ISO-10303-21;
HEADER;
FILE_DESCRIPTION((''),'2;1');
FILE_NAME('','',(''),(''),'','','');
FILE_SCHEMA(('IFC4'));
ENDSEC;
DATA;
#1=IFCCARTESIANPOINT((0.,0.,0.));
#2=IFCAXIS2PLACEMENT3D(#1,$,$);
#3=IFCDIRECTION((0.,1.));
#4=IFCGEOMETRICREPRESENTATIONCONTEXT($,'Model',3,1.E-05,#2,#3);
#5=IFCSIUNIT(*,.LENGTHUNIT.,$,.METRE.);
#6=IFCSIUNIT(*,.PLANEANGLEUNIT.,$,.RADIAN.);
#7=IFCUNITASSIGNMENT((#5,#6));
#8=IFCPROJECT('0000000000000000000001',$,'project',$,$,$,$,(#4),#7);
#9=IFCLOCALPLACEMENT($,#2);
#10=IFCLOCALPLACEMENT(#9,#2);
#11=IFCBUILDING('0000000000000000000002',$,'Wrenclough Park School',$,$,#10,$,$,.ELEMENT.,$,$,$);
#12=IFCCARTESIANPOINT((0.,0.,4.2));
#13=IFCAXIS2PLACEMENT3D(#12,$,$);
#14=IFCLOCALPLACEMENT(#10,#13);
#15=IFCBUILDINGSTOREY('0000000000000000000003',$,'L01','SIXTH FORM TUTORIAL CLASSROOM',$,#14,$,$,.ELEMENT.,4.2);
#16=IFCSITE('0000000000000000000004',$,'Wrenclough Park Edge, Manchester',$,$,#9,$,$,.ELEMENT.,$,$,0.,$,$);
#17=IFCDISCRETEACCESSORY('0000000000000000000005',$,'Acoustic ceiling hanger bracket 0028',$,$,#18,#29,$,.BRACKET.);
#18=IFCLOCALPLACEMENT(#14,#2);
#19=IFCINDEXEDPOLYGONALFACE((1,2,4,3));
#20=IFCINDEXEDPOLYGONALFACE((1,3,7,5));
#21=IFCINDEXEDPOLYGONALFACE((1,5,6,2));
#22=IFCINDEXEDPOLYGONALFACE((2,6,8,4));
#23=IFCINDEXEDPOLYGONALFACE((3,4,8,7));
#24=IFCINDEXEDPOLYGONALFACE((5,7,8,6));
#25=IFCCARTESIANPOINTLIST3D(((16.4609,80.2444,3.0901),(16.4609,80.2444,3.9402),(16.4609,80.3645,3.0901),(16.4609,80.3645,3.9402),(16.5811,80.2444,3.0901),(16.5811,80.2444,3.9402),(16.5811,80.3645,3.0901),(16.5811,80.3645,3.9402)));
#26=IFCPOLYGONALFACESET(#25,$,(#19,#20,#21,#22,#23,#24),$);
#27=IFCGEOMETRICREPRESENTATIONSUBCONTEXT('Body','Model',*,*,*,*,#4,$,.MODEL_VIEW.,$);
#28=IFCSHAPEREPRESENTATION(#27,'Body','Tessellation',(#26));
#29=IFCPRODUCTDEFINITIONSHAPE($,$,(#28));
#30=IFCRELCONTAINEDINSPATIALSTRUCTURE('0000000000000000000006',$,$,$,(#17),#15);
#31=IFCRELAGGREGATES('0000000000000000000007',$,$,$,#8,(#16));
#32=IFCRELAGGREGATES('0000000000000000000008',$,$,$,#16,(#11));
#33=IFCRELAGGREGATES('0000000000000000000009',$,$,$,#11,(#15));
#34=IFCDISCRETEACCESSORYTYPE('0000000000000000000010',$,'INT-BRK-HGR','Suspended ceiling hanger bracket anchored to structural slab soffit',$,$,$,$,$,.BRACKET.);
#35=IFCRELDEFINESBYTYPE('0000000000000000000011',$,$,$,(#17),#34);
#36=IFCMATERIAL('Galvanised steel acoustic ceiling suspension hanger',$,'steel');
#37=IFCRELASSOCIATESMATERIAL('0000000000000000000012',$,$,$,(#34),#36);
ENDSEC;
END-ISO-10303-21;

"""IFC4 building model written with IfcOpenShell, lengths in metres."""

from ifc_helpers import new_model, si_unit, direction, frame, origin, origin_2d, place, context, subcontext, project, spatial, rectangle, extrude, material, type_object, element, save


model = new_model("IFC4")

# Units and contexts
model_context = context("Model", 3, precision=1e-05, world=origin(), true_north=direction((0.0, 1.0)))
body_context = subcontext(model_context, "Body", "Model", "MODEL_VIEW")
ifc_project = project(units=[si_unit("LENGTHUNIT", "METRE"), si_unit("PLANEANGLEUNIT", "RADIAN")], contexts=[model_context])

# Site, building, storey
site_placement = place(None, origin())
site = spatial("IfcSite", under=ifc_project, at=site_placement, Name="Wrenclough Park Edge, Manchester", CompositionType="ELEMENT", RefElevation=0.0)
building_placement = place(site_placement, origin())
building = spatial("IfcBuilding", under=site, at=building_placement, Name="Wrenclough Park School", CompositionType="ELEMENT")
storey_placement = place(building_placement, frame((0.0, 0.0, 4.2)))
storey = spatial("IfcBuildingStorey", under=building, at=storey_placement, Name="L01", Description="SIXTH FORM TUTORIAL CLASSROOM", CompositionType="ELEMENT", Elevation=4.2)

# Discrete accessory
ifc_material_1 = material(Name="Galvanised steel acoustic ceiling suspension hanger", Category="steel")
discrete_accessory_type = type_object("IfcDiscreteAccessoryType", Name="INT-BRK-HGR", Description="Suspended ceiling hanger bracket anchored to structural slab soffit", PredefinedType="BRACKET", material=ifc_material_1)
discrete_accessory_placement = place(storey_placement, frame((16.521, 80.3044, 3.0901), z_axis=(0.0, 0.0, 1.0), x_axis=(1.0, 0.0, 0.0)))
element("IfcDiscreteAccessory", 1, at=discrete_accessory_placement, inside=storey, type_object=discrete_accessory_type, Name="Acoustic ceiling hanger bracket 0028", PredefinedType="BRACKET", context=body_context, shape_type="SweptSolid", body=[
    extrude(rectangle(XDim=0.1201, YDim=0.1201, at=origin_2d()), origin(), (0.0, 0.0, 1.0), 0.8501),
])

save(model, "model.ifc")
